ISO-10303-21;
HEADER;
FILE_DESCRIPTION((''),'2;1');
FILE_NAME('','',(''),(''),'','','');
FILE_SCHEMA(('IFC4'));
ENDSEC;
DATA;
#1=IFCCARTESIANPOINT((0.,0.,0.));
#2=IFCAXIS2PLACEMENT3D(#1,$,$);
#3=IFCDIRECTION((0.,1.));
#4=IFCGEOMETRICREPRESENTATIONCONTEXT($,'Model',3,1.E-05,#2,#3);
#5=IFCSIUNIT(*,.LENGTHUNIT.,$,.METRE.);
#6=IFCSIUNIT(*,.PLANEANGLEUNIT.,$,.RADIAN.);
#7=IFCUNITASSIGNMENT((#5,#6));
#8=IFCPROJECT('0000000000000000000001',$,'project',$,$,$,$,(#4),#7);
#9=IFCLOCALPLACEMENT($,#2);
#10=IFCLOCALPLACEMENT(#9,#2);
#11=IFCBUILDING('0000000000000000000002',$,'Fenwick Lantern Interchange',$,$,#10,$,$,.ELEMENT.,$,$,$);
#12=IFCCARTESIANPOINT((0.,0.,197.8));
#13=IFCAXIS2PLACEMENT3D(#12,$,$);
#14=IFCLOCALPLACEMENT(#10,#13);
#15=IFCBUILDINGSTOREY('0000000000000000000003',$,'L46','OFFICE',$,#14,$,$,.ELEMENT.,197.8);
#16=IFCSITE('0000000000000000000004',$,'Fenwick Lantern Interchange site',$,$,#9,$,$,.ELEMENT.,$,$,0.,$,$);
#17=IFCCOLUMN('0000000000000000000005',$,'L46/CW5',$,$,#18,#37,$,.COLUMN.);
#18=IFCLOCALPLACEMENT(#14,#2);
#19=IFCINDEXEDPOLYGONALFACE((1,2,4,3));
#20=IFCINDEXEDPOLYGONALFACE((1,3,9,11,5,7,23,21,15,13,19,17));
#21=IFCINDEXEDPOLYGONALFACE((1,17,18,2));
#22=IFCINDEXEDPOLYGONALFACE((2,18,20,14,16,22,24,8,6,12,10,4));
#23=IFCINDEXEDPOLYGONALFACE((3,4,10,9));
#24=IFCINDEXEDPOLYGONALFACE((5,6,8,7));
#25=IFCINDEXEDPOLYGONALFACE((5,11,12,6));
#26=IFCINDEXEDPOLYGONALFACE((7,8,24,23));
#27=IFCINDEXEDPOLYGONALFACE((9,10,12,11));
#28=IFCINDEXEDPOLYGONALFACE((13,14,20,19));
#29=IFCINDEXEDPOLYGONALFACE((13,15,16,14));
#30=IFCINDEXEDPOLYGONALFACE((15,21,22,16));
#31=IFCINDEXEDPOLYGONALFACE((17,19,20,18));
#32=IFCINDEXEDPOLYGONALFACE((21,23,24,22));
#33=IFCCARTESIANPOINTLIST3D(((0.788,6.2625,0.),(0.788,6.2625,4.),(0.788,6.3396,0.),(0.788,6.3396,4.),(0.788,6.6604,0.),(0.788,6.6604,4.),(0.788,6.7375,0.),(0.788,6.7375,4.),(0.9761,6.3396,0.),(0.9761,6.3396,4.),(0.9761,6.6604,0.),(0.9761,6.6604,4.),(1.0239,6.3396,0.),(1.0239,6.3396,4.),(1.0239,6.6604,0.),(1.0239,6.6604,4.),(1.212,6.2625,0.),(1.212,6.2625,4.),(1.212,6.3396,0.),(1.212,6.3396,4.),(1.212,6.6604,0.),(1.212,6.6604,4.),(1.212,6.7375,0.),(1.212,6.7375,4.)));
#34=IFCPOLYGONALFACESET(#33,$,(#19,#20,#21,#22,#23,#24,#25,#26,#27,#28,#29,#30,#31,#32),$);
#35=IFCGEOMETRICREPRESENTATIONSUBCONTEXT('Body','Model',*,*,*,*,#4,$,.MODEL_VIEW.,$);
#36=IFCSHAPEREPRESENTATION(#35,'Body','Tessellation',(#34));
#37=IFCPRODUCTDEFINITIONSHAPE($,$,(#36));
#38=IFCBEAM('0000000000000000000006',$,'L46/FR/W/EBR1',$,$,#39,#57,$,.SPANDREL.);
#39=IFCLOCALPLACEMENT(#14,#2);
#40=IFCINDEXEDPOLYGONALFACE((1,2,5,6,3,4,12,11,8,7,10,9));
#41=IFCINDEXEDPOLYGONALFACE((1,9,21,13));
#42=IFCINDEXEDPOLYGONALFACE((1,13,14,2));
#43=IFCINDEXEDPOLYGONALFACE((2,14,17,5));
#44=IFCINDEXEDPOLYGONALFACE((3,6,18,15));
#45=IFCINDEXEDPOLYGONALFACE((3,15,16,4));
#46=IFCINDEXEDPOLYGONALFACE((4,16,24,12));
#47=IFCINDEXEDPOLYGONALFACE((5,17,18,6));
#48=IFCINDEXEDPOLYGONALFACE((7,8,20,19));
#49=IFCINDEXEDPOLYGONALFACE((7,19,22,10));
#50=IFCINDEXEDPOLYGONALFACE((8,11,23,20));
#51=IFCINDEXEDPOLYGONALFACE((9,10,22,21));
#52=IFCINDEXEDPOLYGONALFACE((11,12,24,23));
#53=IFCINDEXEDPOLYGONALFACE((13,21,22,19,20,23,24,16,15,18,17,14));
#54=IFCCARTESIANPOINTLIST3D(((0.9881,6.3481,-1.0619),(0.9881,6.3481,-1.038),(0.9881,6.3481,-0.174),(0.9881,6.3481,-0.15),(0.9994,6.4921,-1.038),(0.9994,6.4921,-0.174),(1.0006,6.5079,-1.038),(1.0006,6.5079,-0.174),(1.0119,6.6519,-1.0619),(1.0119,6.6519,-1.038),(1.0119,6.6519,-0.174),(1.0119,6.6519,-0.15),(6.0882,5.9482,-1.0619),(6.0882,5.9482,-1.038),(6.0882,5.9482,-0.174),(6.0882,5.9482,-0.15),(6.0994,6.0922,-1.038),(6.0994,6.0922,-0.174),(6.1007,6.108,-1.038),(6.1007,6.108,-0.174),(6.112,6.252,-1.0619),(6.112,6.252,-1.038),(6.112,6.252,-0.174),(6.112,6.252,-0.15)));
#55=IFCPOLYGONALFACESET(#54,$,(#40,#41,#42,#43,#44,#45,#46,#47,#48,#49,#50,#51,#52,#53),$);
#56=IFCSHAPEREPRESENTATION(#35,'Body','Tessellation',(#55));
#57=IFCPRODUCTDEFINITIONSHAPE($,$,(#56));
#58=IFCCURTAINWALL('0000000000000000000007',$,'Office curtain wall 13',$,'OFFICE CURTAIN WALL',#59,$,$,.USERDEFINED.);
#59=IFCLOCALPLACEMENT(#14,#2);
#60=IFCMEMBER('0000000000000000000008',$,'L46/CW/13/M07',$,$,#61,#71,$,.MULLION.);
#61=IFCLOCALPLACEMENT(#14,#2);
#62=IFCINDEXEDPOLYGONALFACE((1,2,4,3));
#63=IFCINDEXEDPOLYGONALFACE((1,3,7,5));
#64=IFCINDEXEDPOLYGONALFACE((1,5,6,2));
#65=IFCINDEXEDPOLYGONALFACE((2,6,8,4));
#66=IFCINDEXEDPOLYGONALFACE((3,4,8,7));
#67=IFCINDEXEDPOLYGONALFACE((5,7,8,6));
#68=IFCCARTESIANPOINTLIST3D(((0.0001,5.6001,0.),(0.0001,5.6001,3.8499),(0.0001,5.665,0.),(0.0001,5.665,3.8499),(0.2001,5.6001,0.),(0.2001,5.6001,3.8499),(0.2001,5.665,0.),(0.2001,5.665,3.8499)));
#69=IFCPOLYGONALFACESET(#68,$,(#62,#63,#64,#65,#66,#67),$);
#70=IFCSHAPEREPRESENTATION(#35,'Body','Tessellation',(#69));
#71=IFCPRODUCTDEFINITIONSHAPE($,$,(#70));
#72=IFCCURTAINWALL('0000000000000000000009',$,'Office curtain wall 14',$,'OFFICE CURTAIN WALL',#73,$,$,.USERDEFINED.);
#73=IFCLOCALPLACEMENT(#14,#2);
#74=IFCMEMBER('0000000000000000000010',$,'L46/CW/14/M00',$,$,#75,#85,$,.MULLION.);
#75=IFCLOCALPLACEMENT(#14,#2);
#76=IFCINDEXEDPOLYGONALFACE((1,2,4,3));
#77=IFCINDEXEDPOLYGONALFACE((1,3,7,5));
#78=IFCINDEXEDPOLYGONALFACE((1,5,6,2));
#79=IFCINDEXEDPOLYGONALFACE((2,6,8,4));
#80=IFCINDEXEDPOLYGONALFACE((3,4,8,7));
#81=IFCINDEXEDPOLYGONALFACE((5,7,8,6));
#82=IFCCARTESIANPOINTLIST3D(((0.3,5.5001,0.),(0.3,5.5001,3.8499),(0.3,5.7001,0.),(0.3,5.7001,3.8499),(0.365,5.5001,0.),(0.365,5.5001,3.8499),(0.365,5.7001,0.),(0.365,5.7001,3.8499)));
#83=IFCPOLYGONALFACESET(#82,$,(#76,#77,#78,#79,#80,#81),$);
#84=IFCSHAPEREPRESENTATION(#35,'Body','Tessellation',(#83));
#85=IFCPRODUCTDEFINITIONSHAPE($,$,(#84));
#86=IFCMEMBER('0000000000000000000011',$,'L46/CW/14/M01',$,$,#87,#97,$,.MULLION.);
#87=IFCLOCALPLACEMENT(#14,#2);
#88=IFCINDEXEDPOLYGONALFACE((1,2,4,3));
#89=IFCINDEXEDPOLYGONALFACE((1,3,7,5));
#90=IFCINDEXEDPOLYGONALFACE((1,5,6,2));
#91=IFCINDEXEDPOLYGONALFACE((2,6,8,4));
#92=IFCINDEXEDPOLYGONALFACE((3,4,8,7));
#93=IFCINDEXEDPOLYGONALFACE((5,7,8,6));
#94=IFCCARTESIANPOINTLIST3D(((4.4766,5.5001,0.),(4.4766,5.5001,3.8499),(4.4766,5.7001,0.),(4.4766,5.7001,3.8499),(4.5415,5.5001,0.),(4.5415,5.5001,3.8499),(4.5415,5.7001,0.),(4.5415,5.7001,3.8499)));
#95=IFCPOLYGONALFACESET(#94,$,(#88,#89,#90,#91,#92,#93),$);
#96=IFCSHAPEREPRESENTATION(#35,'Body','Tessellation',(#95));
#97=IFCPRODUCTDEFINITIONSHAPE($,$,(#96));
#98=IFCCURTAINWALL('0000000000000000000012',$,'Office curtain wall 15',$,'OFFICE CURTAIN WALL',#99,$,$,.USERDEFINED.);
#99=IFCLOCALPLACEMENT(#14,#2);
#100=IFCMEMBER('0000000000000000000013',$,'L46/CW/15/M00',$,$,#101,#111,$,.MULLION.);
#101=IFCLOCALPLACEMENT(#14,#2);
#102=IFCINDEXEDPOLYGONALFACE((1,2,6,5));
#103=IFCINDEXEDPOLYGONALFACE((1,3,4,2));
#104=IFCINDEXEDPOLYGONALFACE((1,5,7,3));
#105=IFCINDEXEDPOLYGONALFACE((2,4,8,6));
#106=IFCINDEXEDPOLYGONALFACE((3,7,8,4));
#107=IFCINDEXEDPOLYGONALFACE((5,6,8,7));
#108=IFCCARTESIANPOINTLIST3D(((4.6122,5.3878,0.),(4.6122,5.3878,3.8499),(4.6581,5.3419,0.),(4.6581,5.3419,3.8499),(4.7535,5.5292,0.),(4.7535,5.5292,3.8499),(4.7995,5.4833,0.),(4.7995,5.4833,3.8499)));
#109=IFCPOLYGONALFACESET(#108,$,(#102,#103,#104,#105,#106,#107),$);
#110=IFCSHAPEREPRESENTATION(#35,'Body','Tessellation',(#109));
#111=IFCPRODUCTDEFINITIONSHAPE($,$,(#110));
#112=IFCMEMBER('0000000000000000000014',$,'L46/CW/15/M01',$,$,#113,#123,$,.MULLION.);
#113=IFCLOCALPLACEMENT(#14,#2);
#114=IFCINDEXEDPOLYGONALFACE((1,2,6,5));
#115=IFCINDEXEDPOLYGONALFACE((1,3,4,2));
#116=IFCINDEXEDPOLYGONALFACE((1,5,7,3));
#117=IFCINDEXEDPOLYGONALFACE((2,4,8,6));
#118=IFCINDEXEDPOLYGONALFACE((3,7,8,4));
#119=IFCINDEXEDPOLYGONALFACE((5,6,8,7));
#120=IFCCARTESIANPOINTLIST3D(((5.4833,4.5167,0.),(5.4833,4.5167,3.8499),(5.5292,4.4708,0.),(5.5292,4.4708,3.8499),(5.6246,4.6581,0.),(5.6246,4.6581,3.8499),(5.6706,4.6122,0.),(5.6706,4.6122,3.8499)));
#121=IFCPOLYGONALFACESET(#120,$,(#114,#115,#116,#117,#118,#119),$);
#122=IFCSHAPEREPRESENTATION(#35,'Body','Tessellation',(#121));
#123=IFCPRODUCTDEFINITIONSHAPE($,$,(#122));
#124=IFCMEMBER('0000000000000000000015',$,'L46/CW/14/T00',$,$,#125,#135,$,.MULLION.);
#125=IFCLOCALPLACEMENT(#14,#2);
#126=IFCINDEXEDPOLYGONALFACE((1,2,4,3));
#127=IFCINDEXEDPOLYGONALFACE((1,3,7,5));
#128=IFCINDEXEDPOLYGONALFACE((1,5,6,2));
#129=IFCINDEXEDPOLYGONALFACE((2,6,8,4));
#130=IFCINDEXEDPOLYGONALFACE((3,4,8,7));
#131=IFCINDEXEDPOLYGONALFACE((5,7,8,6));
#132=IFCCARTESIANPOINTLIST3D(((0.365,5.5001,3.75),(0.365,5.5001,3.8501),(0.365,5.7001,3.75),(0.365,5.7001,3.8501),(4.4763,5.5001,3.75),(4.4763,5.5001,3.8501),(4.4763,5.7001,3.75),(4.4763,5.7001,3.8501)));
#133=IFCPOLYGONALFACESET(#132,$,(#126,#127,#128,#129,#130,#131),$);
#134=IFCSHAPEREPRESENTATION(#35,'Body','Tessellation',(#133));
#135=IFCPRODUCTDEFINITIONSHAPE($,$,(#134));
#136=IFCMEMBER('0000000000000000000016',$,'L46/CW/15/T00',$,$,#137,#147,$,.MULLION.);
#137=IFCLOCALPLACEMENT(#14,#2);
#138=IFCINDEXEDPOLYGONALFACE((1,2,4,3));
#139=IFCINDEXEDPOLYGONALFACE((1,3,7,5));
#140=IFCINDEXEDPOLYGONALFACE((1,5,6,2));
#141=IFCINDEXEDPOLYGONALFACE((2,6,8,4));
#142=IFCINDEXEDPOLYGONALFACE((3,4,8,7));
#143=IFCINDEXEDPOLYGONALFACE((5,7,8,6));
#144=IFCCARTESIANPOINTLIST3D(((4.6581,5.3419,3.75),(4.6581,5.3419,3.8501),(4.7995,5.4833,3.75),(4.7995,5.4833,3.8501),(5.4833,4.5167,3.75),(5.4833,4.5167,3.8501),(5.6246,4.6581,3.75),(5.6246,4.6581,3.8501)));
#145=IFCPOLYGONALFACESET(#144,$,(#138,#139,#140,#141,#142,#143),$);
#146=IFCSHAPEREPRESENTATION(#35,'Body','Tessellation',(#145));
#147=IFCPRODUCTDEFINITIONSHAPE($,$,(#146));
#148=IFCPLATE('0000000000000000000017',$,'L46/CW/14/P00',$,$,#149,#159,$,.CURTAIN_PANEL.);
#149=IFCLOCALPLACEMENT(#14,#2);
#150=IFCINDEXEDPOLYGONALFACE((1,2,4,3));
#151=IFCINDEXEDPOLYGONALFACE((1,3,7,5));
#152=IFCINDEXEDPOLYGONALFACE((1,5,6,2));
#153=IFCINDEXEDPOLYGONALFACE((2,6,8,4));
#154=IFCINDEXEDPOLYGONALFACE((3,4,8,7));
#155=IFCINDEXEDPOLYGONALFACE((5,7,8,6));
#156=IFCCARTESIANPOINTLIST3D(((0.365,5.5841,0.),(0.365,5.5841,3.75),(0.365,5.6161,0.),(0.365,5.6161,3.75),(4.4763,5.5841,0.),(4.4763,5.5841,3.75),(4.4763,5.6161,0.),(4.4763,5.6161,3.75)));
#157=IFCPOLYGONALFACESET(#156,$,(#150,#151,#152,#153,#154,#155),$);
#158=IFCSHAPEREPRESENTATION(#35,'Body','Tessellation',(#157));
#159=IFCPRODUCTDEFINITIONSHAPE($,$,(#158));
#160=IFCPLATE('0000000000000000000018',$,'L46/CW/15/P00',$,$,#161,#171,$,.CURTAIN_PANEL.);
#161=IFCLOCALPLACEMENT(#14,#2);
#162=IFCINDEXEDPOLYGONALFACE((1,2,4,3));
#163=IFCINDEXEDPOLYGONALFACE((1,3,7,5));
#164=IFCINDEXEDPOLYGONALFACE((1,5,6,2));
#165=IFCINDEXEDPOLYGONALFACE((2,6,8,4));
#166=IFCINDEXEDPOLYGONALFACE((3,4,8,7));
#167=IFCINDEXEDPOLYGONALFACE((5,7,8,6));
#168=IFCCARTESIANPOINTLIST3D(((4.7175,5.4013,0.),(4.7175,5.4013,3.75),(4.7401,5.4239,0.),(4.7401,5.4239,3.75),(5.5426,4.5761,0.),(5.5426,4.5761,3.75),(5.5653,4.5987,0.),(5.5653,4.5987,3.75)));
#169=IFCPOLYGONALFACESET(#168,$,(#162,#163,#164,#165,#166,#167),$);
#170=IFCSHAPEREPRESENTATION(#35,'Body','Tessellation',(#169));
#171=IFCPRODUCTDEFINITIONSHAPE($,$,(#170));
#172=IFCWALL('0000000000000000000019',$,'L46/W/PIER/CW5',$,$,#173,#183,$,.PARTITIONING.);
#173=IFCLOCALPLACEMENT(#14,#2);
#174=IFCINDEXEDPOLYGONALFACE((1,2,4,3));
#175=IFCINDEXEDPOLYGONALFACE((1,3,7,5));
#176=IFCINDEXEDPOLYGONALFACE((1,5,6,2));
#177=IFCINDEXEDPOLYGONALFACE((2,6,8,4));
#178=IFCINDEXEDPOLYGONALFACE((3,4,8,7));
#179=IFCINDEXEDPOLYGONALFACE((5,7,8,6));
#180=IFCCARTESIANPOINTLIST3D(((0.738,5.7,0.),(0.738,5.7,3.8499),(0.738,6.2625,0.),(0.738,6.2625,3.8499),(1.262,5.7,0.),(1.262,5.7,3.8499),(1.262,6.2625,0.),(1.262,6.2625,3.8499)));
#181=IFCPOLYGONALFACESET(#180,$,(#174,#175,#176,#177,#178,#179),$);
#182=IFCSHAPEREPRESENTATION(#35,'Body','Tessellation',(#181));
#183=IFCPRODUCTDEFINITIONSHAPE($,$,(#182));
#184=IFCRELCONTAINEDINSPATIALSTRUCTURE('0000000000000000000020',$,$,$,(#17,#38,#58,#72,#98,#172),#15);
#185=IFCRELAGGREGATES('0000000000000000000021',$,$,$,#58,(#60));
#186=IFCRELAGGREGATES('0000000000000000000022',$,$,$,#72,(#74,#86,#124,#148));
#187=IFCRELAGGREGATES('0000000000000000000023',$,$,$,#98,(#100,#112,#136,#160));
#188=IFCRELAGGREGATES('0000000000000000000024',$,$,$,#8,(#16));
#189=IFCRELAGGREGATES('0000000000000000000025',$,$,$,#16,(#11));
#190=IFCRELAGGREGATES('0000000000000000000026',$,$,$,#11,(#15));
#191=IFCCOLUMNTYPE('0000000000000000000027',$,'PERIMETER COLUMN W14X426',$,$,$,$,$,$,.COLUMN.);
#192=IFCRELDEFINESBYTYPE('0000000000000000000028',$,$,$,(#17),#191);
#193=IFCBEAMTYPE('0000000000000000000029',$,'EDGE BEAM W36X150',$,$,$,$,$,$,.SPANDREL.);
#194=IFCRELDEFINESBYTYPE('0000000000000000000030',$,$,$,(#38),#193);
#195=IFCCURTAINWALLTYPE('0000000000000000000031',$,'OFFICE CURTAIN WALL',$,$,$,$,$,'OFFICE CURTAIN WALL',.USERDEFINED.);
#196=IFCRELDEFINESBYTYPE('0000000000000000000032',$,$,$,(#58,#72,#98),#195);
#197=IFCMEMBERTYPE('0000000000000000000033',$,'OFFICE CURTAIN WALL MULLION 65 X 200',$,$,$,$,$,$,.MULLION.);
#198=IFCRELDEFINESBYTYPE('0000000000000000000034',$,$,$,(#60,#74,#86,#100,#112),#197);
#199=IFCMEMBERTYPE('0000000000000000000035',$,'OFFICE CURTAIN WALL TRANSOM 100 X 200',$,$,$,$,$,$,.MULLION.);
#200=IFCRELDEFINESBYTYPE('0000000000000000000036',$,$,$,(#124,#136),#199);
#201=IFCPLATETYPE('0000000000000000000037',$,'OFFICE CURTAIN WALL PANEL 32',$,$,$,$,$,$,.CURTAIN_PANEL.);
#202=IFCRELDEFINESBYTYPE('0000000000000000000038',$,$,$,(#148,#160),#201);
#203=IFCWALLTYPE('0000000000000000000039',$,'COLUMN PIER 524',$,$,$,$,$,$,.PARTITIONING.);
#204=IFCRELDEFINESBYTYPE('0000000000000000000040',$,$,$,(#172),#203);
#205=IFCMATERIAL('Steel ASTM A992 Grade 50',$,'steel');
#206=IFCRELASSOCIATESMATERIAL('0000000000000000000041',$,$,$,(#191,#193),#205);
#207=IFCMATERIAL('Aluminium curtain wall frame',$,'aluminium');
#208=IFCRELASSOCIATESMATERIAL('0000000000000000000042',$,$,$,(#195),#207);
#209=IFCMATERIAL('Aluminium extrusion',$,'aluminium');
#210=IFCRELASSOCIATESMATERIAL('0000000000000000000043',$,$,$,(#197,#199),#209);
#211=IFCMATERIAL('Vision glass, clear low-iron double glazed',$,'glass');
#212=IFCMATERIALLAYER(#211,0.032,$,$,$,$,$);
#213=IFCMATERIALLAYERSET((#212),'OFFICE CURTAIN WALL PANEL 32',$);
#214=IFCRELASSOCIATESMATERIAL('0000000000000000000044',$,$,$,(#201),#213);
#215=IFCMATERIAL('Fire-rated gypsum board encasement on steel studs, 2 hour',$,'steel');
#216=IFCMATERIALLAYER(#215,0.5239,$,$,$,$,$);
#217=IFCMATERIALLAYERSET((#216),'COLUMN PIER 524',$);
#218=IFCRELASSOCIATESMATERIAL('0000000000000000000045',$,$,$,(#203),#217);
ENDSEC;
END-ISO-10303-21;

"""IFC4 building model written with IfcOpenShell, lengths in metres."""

from ifc_helpers import new_model, si_unit, direction, frame, frame_2d, origin, origin_2d, place, context, subcontext, project, spatial, rectangle, i_section, extrude, material, layer, layer_set, material_profile, profile_set, type_object, element, aggregate, save


model = new_model("IFC4")

# Units and contexts
model_context = context("Model", 3, precision=1e-05, world=origin(), true_north=direction((0.0, 1.0)))
body_context = subcontext(model_context, "Body", "Model", "MODEL_VIEW")
ifc_project = project(units=[si_unit("LENGTHUNIT", "METRE"), si_unit("PLANEANGLEUNIT", "RADIAN")], contexts=[model_context])

# Site, building, storey
site_placement = place(None, origin())
site = spatial("IfcSite", under=ifc_project, at=site_placement, Name="Fenwick Lantern Interchange site", CompositionType="ELEMENT", RefElevation=0.0)
building_placement = place(site_placement, origin())
building = spatial("IfcBuilding", under=site, at=building_placement, Name="Fenwick Lantern Interchange", CompositionType="ELEMENT")
storey_placement = place(building_placement, frame((0.0, 0.0, 197.8)))
storey = spatial("IfcBuildingStorey", under=building, at=storey_placement, Name="L46", Description="OFFICE", CompositionType="ELEMENT", Elevation=197.8)

# Column
ifc_material_1 = material(Name="Steel ASTM A992 Grade 50", Category="steel")
ifc_material_profile_1 = material_profile(ifc_material_1, i_section(OverallWidth=0.4241, OverallDepth=0.4751, WebThickness=0.0479, FlangeThickness=0.0771, at=origin_2d()), Name="W14X426")
ifc_profile_set_1 = profile_set([ifc_material_profile_1], Name="Steel ASTM A992 Grade 50")
column_type = type_object("IfcColumnType", Name="PERIMETER COLUMN W14X426", PredefinedType="COLUMN", material=ifc_profile_set_1)
column_placement = place(storey_placement, frame((1.0, 6.5, 0.0), z_axis=(0.0, 0.0, 1.0), x_axis=(1.0, 0.0, 0.0)))
element("IfcColumn", 1, at=column_placement, inside=storey, type_object=column_type, Name="L46/CW5", PredefinedType="COLUMN", context=body_context, shape_type="SweptSolid", body=[
    extrude(i_section(OverallWidth=0.4241, OverallDepth=0.4751, WebThickness=0.0479, FlangeThickness=0.0771, at=origin_2d()), origin(), (0.0, 0.0, 1.0), 4.0),
])

# Beam
ifc_material_profile_2 = material_profile(ifc_material_1, i_section(OverallWidth=0.3047, OverallDepth=0.9119, WebThickness=0.0159, FlangeThickness=0.0239, at=origin_2d()), Name="W36X150")
ifc_profile_set_2 = profile_set([ifc_material_profile_2], Name="Steel ASTM A992 Grade 50")
beam_type = type_object("IfcBeamType", Name="EDGE BEAM W36X150", PredefinedType="SPANDREL", material=ifc_profile_set_2)
beam_placement = place(storey_placement, frame((1.0, 6.5, -0.606), z_axis=(0.99694, -0.078171, 0.0), x_axis=(0.078171, 0.99694, 0.0)))
element("IfcBeam", 2, at=beam_placement, inside=storey, type_object=beam_type, Name="L46/FR/W/EBR1", PredefinedType="SPANDREL", context=body_context, shape_type="SweptSolid", body=[
    extrude(i_section(OverallWidth=0.3047, OverallDepth=0.9119, WebThickness=0.0159, FlangeThickness=0.0239, at=origin_2d()), origin(), (0.0, 0.0, 1.0), 5.1157),
])

# Curtain wall, member
ifc_material_2 = material(Name="Aluminium curtain wall frame", Category="aluminium")
curtain_wall_type = type_object("IfcCurtainWallType", Name="OFFICE CURTAIN WALL", ElementType="OFFICE CURTAIN WALL", PredefinedType="USERDEFINED", material=ifc_material_2)
curtain_wall_1_placement = place(storey_placement, origin())
curtain_wall_1 = element("IfcCurtainWall", 3, at=curtain_wall_1_placement, inside=storey, type_object=curtain_wall_type, Name="Office curtain wall 13", ObjectType="OFFICE CURTAIN WALL", PredefinedType="USERDEFINED")
ifc_material_3 = material(Name="Aluminium extrusion", Category="aluminium")
ifc_material_profile_3 = material_profile(ifc_material_3, rectangle(XDim=0.2, YDim=0.0649, at=origin_2d()), Name="OFFICE CURTAIN WALL MULLION 65 X 200")
ifc_profile_set_3 = profile_set([ifc_material_profile_3], Name="Aluminium extrusion")
member_type_1 = type_object("IfcMemberType", Name="OFFICE CURTAIN WALL MULLION 65 X 200", PredefinedType="MULLION", material=ifc_profile_set_3)
member_1_placement = place(storey_placement, frame((0.1001, 5.6326, 0.0), z_axis=(0.0, 0.0, 1.0), x_axis=(1.0, 0.0, 0.0)))
member_1 = element("IfcMember", 4, at=member_1_placement, type_object=member_type_1, Name="L46/CW/13/M07", PredefinedType="MULLION", context=body_context, shape_type="SweptSolid", body=[
    extrude(rectangle(XDim=0.2, YDim=0.0649, at=origin_2d()), origin(), (0.0, 0.0, 1.0), 3.8499),
])
aggregate(curtain_wall_1, [member_1])

# Curtain walls, members
curtain_wall_2_placement = place(storey_placement, origin())
curtain_wall_2 = element("IfcCurtainWall", 5, at=curtain_wall_2_placement, inside=storey, type_object=curtain_wall_type, Name="Office curtain wall 14", ObjectType="OFFICE CURTAIN WALL", PredefinedType="USERDEFINED")
member_2_placement = place(storey_placement, frame((0.3325, 5.6001, 0.0), z_axis=(0.0, 0.0, 1.0), x_axis=(0.0, 1.0, 0.0)))
member_2 = element("IfcMember", 6, at=member_2_placement, type_object=member_type_1, Name="L46/CW/14/M00", PredefinedType="MULLION", context=body_context, shape_type="SweptSolid", body=[
    extrude(rectangle(XDim=0.2, YDim=0.0649, at=origin_2d()), origin(), (0.0, 0.0, 1.0), 3.8499),
])
member_3_placement = place(storey_placement, frame((4.509, 5.6001, 0.0), z_axis=(0.0, 0.0, 1.0), x_axis=(0.0, 1.0, 0.0)))
member_3 = element("IfcMember", 7, at=member_3_placement, type_object=member_type_1, Name="L46/CW/14/M01", PredefinedType="MULLION", context=body_context, shape_type="SweptSolid", body=[
    extrude(rectangle(XDim=0.2, YDim=0.0649, at=origin_2d()), origin(), (0.0, 0.0, 1.0), 3.8499),
])
curtain_wall_3_placement = place(storey_placement, origin())
curtain_wall_3 = element("IfcCurtainWall", 8, at=curtain_wall_3_placement, inside=storey, type_object=curtain_wall_type, Name="Office curtain wall 15", ObjectType="OFFICE CURTAIN WALL", PredefinedType="USERDEFINED")
member_4_placement = place(storey_placement, frame((4.7058, 5.4355, 0.0), z_axis=(0.0, 0.0, 1.0), x_axis=(0.707107, 0.707107, 0.0)))
member_4 = element("IfcMember", 9, at=member_4_placement, type_object=member_type_1, Name="L46/CW/15/M00", PredefinedType="MULLION", context=body_context, shape_type="SweptSolid", body=[
    extrude(rectangle(XDim=0.2, YDim=0.0649, at=origin_2d()), origin(), (0.0, 0.0, 1.0), 3.8499),
])
member_5_placement = place(storey_placement, frame((5.5769, 4.5645, 0.0), z_axis=(0.0, 0.0, 1.0), x_axis=(0.707107, 0.707107, 0.0)))
member_5 = element("IfcMember", 10, at=member_5_placement, type_object=member_type_1, Name="L46/CW/15/M01", PredefinedType="MULLION", context=body_context, shape_type="SweptSolid", body=[
    extrude(rectangle(XDim=0.2, YDim=0.0649, at=origin_2d()), origin(), (0.0, 0.0, 1.0), 3.8499),
])

# Members
ifc_material_profile_4 = material_profile(ifc_material_3, rectangle(XDim=0.2, YDim=0.1001, at=origin_2d()), Name="OFFICE CURTAIN WALL TRANSOM 100 X 200")
ifc_profile_set_4 = profile_set([ifc_material_profile_4], Name="Aluminium extrusion")
member_type_2 = type_object("IfcMemberType", Name="OFFICE CURTAIN WALL TRANSOM 100 X 200", PredefinedType="MULLION", material=ifc_profile_set_4)
member_6_placement = place(storey_placement, frame((0.365, 5.6001, 3.8), z_axis=(1.0, 0.0, 0.0), x_axis=(0.0, 1.0, 0.0)))
member_6 = element("IfcMember", 11, at=member_6_placement, type_object=member_type_2, Name="L46/CW/14/T00", PredefinedType="MULLION", context=body_context, shape_type="SweptSolid", body=[
    extrude(rectangle(XDim=0.2, YDim=0.1001, at=origin_2d()), origin(), (0.0, 0.0, 1.0), 4.1113),
])
member_7_placement = place(storey_placement, frame((4.7288, 5.4126, 3.8), z_axis=(0.707107, -0.707107, 0.0), x_axis=(0.707107, 0.707107, 0.0)))
member_7 = element("IfcMember", 12, at=member_7_placement, type_object=member_type_2, Name="L46/CW/15/T00", PredefinedType="MULLION", context=body_context, shape_type="SweptSolid", body=[
    extrude(rectangle(XDim=0.2, YDim=0.1001, at=origin_2d()), origin(), (0.0, 0.0, 1.0), 1.167),
])

# Shared definitions
ifc_material_4 = material(Name="Vision glass, clear low-iron double glazed", Category="glass")
ifc_layer_1 = layer(ifc_material_4, 0.032)
ifc_layer_set_1 = layer_set([ifc_layer_1], Name="OFFICE CURTAIN WALL PANEL 32")
plate_type = type_object("IfcPlateType", Name="OFFICE CURTAIN WALL PANEL 32", PredefinedType="CURTAIN_PANEL", material=ifc_layer_set_1)

# Plates
plate_1_placement = place(storey_placement, frame((2.4207, 5.6001, 0.0), z_axis=(0.0, 0.0, 1.0), x_axis=(1.0, 0.0, 0.0)))
plate_1 = element("IfcPlate", 13, at=plate_1_placement, type_object=plate_type, Name="L46/CW/14/P00", PredefinedType="CURTAIN_PANEL", context=body_context, shape_type="SweptSolid", body=[
    extrude(rectangle(XDim=4.1113, YDim=0.032, at=origin_2d()), origin(), (0.0, 0.0, 1.0), 3.75),
])
aggregate(curtain_wall_2, [member_2, member_3, member_6, plate_1])
plate_2_placement = place(storey_placement, frame((5.1414, 5.0, 0.0), z_axis=(0.0, 0.0, 1.0), x_axis=(0.707107, -0.707107, 0.0)))
plate_2 = element("IfcPlate", 14, at=plate_2_placement, type_object=plate_type, Name="L46/CW/15/P00", PredefinedType="CURTAIN_PANEL", context=body_context, shape_type="SweptSolid", body=[
    extrude(rectangle(XDim=1.167, YDim=0.032, at=origin_2d()), origin(), (0.0, 0.0, 1.0), 3.75),
])
aggregate(curtain_wall_3, [member_4, member_5, member_7, plate_2])

# Wall
ifc_material_5 = material(Name="Fire-rated gypsum board encasement on steel studs, 2 hour", Category="steel")
ifc_layer_2 = layer(ifc_material_5, 0.5239)
ifc_layer_set_2 = layer_set([ifc_layer_2], Name="COLUMN PIER 524")
wall_type_1 = type_object("IfcWallType", Name="COLUMN PIER 524", PredefinedType="PARTITIONING", material=ifc_layer_set_2)
wall_1_placement = place(storey_placement, frame((1.0, 5.7, 0.0), z_axis=(0.0, 0.0, 1.0), x_axis=(0.0, 1.0, 0.0)))
element("IfcWall", 15, at=wall_1_placement, inside=storey, type_object=wall_type_1, Name="L46/W/PIER/CW5", PredefinedType="PARTITIONING", context=body_context, shape_type="SweptSolid", body=[
    extrude(rectangle(XDim=0.5625, YDim=0.5239, at=frame_2d((0.2812, 0.0))), origin(), (0.0, 0.0, 1.0), 3.8499),
])

save(model, "model.ifc")
